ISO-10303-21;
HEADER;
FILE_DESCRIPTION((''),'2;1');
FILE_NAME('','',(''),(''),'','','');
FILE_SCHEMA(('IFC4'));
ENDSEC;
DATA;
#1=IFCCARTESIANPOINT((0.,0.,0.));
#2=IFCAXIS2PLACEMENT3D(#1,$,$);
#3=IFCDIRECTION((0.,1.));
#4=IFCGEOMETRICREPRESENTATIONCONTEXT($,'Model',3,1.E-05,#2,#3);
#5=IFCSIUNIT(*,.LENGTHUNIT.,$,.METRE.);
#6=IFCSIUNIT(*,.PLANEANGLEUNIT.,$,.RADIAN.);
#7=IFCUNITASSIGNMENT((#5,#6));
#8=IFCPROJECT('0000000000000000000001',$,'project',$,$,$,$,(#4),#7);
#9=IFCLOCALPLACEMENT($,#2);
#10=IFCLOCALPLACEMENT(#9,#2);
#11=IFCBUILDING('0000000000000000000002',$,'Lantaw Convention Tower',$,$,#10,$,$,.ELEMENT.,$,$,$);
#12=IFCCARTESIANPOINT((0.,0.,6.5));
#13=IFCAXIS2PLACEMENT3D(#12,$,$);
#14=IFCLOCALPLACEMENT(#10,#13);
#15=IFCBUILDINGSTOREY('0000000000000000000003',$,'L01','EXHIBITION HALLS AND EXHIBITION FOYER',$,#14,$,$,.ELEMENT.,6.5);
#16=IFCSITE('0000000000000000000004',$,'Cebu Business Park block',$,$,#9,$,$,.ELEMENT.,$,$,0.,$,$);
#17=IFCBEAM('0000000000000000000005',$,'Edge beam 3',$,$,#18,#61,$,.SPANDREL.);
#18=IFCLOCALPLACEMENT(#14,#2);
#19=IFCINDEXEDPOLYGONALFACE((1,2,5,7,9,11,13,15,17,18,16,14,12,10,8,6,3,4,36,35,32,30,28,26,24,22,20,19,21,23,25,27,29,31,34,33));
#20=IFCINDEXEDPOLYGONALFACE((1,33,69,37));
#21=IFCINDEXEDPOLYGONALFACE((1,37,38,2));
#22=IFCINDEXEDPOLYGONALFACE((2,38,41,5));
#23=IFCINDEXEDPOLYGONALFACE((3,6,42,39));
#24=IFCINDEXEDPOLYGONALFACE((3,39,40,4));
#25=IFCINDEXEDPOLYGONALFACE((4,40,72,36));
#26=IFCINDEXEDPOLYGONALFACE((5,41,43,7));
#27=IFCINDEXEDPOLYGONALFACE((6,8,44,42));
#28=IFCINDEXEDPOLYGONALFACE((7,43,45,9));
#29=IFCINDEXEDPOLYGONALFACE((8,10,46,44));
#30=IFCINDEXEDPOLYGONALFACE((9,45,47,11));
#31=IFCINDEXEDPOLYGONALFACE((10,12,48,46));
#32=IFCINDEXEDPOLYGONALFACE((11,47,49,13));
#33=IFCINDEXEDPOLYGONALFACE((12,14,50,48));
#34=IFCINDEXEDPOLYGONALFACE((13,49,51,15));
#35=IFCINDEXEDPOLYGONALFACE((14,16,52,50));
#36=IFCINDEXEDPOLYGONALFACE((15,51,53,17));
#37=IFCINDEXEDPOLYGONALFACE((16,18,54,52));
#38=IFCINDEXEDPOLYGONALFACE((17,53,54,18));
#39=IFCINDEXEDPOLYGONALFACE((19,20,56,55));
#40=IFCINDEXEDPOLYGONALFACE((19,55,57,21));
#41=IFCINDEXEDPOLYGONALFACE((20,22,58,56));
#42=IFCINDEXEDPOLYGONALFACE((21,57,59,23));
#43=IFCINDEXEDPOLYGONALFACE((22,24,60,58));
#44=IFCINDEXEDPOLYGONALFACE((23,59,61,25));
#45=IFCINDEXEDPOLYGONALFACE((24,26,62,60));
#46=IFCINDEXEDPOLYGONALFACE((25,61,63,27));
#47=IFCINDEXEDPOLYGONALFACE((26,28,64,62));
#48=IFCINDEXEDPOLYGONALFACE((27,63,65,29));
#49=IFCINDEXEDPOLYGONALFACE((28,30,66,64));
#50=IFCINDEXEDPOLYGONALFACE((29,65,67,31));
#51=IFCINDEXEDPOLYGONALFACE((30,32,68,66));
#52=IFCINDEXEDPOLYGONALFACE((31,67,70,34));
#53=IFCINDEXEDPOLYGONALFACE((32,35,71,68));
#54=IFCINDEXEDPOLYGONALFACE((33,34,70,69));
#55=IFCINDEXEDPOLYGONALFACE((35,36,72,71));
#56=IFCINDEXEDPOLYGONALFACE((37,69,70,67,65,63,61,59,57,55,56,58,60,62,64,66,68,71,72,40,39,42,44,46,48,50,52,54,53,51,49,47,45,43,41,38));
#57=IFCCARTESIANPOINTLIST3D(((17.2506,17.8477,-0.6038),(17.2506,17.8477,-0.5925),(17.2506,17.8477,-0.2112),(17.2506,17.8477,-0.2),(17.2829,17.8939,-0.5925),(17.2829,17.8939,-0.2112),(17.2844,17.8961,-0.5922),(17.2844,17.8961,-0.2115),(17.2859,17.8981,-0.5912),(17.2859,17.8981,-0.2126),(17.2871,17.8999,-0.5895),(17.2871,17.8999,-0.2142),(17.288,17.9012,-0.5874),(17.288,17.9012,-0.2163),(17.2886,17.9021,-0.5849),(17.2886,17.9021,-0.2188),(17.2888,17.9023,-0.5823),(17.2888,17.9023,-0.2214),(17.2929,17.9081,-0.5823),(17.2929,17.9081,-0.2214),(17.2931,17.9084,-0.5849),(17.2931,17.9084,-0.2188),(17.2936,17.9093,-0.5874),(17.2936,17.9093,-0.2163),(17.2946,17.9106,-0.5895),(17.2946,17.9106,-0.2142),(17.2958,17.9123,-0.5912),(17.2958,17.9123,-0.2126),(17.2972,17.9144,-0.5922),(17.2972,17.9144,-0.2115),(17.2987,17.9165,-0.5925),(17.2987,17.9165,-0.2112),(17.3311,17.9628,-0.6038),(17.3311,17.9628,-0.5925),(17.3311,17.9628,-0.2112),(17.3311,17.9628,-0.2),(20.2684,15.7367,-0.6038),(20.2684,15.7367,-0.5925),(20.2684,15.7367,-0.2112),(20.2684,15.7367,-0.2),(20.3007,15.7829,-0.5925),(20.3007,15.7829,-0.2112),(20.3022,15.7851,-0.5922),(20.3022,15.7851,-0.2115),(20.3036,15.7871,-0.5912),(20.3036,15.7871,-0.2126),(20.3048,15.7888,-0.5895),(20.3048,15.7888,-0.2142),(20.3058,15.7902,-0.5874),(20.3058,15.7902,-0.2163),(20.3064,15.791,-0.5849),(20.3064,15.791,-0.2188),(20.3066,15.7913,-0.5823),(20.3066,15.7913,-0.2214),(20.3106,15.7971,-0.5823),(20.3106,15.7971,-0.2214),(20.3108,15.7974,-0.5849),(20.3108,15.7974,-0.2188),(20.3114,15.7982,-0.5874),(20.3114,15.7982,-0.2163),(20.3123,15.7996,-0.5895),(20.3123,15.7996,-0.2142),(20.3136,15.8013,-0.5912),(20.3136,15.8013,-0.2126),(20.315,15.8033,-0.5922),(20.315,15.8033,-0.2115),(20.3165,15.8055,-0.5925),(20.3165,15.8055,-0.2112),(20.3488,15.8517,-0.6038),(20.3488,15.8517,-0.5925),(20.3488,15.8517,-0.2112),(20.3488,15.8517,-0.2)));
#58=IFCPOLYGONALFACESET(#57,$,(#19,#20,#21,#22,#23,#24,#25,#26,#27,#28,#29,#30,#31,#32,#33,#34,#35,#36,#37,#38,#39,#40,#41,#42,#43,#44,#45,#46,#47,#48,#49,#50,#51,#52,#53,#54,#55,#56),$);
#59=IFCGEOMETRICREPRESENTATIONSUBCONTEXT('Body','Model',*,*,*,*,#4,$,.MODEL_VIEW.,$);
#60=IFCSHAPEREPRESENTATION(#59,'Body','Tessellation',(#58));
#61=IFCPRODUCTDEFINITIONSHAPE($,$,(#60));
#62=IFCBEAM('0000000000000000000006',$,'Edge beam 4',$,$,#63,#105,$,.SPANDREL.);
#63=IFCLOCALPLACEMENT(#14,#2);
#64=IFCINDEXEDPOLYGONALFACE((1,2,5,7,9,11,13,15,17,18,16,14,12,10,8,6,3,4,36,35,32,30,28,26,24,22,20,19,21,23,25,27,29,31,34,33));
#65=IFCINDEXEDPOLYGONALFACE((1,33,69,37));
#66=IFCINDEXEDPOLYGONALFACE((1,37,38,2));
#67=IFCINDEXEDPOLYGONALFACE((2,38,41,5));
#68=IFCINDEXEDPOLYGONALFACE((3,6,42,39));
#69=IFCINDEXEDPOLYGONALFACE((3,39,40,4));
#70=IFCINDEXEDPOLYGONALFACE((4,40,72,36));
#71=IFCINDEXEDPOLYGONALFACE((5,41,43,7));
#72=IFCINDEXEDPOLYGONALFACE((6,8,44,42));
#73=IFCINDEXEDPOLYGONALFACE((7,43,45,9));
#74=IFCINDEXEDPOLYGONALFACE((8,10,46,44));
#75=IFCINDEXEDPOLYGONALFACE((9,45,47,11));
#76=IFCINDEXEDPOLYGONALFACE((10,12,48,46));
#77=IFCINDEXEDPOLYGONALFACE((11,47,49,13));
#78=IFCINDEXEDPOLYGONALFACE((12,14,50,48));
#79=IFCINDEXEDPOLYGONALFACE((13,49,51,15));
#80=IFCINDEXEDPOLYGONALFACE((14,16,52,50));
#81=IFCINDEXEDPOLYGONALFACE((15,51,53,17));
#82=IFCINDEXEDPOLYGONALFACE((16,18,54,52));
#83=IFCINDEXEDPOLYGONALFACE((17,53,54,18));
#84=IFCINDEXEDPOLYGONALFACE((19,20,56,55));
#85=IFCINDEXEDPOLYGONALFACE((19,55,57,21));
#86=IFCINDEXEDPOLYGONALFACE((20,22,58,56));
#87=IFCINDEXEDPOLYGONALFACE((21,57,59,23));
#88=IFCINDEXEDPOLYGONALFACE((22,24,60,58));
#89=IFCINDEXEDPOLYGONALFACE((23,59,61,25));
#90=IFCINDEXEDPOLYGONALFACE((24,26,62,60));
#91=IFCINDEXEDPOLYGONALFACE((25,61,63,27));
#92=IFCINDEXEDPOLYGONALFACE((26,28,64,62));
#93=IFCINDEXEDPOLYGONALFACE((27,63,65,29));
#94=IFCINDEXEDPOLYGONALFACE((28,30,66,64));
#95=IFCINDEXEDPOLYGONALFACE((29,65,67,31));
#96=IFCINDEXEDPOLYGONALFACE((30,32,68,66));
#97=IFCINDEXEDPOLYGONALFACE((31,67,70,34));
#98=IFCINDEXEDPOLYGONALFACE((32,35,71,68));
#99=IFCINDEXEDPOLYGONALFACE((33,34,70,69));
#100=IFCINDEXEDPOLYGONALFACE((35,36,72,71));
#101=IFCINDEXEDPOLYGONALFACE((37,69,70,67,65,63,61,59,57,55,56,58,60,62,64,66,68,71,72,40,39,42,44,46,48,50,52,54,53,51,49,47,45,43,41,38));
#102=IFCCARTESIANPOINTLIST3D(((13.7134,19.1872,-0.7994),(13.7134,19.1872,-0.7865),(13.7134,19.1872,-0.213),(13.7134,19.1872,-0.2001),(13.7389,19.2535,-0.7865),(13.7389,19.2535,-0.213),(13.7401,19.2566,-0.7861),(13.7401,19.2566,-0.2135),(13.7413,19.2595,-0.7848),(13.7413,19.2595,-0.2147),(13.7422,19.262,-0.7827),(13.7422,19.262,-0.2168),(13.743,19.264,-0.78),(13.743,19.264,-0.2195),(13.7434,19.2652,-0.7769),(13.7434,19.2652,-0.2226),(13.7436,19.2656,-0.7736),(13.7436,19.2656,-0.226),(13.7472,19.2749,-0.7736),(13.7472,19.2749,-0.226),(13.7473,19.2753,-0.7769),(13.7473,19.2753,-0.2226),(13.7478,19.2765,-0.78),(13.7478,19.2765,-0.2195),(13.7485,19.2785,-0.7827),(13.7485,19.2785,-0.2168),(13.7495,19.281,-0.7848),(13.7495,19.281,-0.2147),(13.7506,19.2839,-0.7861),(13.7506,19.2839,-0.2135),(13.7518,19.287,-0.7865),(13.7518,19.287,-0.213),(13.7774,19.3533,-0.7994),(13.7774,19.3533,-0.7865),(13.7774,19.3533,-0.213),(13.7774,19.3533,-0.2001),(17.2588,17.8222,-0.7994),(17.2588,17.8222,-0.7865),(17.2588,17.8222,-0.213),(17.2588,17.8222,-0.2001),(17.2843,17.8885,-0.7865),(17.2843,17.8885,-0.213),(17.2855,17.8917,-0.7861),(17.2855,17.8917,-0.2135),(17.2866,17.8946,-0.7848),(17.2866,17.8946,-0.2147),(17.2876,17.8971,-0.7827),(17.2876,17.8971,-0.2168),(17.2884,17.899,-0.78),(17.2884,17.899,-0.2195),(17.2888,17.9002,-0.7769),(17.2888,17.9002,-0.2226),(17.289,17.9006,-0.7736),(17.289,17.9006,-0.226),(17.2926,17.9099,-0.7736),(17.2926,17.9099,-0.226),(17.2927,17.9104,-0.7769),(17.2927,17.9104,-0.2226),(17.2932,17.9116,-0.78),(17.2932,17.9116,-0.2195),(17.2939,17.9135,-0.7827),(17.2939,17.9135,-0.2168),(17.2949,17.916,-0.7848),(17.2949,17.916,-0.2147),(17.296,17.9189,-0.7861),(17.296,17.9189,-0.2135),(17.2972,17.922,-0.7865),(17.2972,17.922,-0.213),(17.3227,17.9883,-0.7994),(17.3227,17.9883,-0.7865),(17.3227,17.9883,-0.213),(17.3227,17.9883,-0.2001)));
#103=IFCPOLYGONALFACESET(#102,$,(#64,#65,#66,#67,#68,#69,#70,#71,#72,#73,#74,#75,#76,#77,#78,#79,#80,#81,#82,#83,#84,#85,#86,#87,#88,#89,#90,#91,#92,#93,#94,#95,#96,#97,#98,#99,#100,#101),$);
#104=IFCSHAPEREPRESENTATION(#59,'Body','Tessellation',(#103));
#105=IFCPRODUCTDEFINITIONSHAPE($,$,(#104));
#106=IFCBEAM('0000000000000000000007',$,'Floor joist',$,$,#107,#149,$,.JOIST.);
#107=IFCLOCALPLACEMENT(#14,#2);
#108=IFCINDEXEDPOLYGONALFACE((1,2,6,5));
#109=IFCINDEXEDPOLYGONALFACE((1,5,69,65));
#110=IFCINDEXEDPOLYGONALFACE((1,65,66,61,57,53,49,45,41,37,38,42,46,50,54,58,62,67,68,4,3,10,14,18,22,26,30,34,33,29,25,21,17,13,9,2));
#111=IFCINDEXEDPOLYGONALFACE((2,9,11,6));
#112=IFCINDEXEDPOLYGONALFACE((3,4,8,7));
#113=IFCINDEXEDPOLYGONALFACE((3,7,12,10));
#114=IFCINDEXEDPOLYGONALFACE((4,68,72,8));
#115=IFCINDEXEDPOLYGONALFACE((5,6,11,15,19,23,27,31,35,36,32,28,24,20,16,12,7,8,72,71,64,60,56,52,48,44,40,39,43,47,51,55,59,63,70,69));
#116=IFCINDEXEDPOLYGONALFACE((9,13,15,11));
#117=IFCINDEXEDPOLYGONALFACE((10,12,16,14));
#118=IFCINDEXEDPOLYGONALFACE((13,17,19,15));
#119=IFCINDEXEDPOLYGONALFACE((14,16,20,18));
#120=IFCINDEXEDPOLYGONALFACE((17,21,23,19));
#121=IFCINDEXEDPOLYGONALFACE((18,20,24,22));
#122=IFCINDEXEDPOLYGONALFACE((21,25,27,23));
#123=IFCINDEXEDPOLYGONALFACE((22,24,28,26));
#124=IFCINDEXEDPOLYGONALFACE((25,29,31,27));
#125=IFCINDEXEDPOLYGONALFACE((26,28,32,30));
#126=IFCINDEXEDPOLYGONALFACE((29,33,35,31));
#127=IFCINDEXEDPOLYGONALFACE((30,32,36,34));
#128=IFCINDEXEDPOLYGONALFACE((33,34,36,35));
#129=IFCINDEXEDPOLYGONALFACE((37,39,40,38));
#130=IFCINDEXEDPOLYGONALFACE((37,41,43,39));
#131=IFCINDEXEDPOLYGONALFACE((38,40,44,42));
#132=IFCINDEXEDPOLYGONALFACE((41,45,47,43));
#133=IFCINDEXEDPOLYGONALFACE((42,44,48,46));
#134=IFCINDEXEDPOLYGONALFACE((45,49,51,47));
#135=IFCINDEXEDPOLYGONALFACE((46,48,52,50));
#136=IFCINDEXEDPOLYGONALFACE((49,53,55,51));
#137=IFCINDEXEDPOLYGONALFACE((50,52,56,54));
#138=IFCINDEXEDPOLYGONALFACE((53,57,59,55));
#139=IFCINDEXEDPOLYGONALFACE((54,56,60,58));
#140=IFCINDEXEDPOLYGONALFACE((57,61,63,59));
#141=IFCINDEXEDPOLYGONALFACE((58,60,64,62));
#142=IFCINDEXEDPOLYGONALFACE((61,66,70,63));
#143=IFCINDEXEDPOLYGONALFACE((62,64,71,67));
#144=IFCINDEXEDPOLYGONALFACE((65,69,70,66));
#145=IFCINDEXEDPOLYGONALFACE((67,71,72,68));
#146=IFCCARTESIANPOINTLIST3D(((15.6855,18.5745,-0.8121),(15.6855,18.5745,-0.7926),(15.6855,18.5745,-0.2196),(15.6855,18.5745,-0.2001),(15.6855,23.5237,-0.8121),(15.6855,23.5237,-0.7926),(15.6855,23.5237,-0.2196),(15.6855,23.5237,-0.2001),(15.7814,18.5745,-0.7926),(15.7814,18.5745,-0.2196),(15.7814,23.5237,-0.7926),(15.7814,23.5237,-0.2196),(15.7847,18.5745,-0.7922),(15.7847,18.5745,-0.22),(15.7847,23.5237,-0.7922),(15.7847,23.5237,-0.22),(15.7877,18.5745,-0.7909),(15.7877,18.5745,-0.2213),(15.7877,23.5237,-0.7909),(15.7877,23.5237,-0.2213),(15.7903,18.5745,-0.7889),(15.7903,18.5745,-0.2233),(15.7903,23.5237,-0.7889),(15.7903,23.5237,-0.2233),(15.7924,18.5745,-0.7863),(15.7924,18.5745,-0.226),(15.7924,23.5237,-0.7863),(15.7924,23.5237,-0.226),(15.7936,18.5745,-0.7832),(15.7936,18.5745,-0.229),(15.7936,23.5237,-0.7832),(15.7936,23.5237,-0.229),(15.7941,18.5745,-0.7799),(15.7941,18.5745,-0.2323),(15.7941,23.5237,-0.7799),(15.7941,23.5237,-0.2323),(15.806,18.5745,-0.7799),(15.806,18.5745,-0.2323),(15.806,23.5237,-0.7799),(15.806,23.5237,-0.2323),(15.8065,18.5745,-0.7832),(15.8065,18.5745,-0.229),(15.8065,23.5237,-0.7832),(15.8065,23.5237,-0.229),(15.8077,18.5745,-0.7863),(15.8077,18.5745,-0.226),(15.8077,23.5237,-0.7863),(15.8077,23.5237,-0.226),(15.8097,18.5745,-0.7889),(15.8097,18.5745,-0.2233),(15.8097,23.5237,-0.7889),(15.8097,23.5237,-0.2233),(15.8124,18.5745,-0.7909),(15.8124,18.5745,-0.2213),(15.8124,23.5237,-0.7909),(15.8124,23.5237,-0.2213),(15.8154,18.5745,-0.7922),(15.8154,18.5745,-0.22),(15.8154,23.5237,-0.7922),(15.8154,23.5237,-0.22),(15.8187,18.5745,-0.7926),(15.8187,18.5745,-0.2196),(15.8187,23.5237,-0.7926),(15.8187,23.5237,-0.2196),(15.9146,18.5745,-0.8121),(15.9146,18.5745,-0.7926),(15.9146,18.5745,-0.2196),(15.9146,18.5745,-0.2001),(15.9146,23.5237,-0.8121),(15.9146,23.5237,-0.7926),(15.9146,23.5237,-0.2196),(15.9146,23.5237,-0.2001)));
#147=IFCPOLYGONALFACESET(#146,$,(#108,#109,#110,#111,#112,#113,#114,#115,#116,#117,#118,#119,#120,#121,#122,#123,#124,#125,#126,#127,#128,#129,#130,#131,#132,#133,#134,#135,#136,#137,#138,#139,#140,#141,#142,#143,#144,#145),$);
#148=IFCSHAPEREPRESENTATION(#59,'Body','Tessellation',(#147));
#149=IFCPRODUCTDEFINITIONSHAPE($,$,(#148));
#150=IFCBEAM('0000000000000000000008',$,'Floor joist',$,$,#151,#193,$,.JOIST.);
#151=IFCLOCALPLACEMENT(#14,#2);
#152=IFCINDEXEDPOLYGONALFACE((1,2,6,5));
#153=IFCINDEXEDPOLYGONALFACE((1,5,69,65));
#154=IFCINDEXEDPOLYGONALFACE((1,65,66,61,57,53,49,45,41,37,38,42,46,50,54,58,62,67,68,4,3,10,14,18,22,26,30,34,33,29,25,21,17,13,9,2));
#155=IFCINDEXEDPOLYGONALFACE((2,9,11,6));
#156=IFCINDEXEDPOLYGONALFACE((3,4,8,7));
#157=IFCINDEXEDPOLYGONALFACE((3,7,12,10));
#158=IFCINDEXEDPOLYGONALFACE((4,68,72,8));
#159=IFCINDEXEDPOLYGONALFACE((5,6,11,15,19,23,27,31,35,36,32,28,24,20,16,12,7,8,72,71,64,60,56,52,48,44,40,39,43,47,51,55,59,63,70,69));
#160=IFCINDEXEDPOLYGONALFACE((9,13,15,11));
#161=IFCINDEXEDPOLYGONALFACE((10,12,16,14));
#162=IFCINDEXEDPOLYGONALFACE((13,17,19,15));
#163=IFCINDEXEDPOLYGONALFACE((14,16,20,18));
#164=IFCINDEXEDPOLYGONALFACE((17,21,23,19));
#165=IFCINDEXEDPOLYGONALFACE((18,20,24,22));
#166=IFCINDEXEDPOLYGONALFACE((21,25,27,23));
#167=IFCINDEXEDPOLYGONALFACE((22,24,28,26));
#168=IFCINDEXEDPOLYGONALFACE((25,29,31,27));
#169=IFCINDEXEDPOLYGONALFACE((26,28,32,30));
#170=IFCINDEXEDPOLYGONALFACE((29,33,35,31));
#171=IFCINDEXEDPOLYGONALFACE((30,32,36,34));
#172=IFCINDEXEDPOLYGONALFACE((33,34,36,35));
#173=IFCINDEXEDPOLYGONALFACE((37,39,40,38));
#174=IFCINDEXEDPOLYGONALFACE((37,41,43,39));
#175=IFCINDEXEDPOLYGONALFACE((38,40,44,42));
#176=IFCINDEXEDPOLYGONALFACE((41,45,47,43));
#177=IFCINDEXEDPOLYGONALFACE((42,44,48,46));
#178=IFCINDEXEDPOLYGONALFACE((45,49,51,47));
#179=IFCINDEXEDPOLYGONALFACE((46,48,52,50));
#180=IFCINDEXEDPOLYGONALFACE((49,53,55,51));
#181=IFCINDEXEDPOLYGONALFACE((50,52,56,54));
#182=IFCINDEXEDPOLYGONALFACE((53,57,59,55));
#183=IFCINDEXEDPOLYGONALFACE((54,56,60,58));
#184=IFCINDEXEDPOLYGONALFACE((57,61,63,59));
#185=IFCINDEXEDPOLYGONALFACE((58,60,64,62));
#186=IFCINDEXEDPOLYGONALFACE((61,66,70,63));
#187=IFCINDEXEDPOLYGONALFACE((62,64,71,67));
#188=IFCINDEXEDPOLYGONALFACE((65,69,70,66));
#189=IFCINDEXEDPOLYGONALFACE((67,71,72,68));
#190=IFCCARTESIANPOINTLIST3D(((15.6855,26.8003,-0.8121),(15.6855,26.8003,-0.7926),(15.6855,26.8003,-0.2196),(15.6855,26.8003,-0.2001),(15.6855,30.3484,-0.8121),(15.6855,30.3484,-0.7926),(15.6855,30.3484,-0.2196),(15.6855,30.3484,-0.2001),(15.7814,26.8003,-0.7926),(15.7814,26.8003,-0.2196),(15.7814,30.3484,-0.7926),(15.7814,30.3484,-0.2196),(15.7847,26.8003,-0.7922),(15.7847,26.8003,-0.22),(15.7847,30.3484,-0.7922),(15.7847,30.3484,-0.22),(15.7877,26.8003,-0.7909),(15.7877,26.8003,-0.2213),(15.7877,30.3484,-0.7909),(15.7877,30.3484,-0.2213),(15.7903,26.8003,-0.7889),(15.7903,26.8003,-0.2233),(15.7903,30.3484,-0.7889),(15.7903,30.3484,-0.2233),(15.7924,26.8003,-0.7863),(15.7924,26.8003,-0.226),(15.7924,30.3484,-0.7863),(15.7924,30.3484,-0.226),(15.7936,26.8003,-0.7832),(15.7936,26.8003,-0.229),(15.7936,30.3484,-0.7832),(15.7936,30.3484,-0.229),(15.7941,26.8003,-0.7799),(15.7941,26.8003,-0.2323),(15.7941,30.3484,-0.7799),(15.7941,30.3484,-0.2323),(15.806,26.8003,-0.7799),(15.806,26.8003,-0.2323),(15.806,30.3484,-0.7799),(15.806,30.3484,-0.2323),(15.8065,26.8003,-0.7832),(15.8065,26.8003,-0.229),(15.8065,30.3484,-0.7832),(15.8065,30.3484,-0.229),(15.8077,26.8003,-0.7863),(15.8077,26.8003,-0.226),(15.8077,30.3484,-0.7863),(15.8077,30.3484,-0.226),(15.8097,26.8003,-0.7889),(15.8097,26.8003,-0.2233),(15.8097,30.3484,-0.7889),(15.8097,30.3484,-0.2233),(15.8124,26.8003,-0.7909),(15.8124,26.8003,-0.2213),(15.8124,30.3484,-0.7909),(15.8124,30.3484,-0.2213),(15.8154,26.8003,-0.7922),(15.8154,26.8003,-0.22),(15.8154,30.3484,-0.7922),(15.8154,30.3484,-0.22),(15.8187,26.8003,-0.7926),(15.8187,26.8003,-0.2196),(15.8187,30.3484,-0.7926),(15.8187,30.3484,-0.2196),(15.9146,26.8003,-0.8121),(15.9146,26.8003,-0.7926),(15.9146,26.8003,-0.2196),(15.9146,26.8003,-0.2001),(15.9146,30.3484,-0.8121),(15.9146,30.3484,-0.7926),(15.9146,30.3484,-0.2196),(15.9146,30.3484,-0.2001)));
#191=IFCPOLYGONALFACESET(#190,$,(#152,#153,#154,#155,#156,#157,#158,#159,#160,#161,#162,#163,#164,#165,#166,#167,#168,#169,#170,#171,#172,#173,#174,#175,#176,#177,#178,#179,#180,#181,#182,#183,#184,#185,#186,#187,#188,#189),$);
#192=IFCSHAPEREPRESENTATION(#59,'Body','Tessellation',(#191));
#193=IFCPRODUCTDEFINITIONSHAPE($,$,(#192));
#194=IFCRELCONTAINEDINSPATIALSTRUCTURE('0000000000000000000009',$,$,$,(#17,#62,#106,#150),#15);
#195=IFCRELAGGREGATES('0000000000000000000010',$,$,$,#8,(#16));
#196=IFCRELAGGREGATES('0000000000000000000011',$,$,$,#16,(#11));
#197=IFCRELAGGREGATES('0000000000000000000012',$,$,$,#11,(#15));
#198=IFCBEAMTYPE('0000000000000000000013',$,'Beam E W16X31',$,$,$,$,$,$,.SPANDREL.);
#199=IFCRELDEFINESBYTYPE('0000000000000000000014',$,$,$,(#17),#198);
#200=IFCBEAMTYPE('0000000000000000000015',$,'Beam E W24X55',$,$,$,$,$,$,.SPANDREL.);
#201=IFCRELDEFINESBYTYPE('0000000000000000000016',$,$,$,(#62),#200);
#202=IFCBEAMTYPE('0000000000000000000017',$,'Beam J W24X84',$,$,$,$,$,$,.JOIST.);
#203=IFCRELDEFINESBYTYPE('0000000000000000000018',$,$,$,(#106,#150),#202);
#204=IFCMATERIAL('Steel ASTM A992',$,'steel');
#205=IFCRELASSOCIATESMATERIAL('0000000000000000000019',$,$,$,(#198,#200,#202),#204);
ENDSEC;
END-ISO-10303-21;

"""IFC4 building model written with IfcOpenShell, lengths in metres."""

from ifc_helpers import new_model, si_unit, direction, frame, origin, origin_2d, place, context, subcontext, project, spatial, i_section, extrude, material, material_profile, profile_set, type_object, element, save


model = new_model("IFC4")

# Units and contexts
model_context = context("Model", 3, precision=1e-05, world=origin(), true_north=direction((0.0, 1.0)))
body_context = subcontext(model_context, "Body", "Model", "MODEL_VIEW")
ifc_project = project(units=[si_unit("LENGTHUNIT", "METRE"), si_unit("PLANEANGLEUNIT", "RADIAN")], contexts=[model_context])

# Site, building, storey
site_placement = place(None, origin())
site = spatial("IfcSite", under=ifc_project, at=site_placement, Name="Cebu Business Park block", CompositionType="ELEMENT", RefElevation=0.0)
building_placement = place(site_placement, origin())
building = spatial("IfcBuilding", under=site, at=building_placement, Name="Lantaw Convention Tower", CompositionType="ELEMENT")
storey_placement = place(building_placement, frame((0.0, 0.0, 6.5)))
storey = spatial("IfcBuildingStorey", under=building, at=storey_placement, Name="L01", Description="EXHIBITION HALLS AND EXHIBITION FOYER", CompositionType="ELEMENT", Elevation=6.5)

# Beams
ifc_material_1 = material(Name="Steel ASTM A992", Category="steel")
ifc_material_profile_1 = material_profile(ifc_material_1, i_section(OverallWidth=0.1404, OverallDepth=0.4038, WebThickness=0.0071, FlangeThickness=0.0112, FilletRadius=0.0103, at=origin_2d()), Name="W16X31")
ifc_profile_set_1 = profile_set([ifc_material_profile_1], Name="Steel ASTM A992")
beam_type_1 = type_object("IfcBeamType", Name="Beam E W16X31", PredefinedType="SPANDREL", material=ifc_profile_set_1)
beam_1_placement = place(storey_placement, frame((20.3086, 15.7942, -0.4019), z_axis=(-0.819409, 0.573209, 0.0), x_axis=(-0.573209, -0.819409, 0.0)))
element("IfcBeam", 1, at=beam_1_placement, inside=storey, type_object=beam_type_1, Name="Edge beam 3", PredefinedType="SPANDREL", context=body_context, shape_type="SweptSolid", body=[
    extrude(i_section(OverallWidth=0.1404, OverallDepth=0.4038, WebThickness=0.0071, FlangeThickness=0.0112, FilletRadius=0.0103, at=origin_2d()), origin(), (0.0, 0.0, 1.0), 3.6829),
])
ifc_material_profile_2 = material_profile(ifc_material_1, i_section(OverallWidth=0.178, OverallDepth=0.5994, WebThickness=0.01, FlangeThickness=0.0129, FilletRadius=0.0129, at=origin_2d()), Name="W24X55")
ifc_profile_set_2 = profile_set([ifc_material_profile_2], Name="Steel ASTM A992")
beam_type_2 = type_object("IfcBeamType", Name="Beam E W24X55", PredefinedType="SPANDREL", material=ifc_profile_set_2)
beam_2_placement = place(storey_placement, frame((17.2908, 17.9053, -0.4998), z_axis=(-0.933225, 0.359293, 0.0), x_axis=(-0.359293, -0.933225, 0.0)))
element("IfcBeam", 2, at=beam_2_placement, inside=storey, type_object=beam_type_2, Name="Edge beam 4", PredefinedType="SPANDREL", context=body_context, shape_type="SweptSolid", body=[
    extrude(i_section(OverallWidth=0.178, OverallDepth=0.5994, WebThickness=0.01, FlangeThickness=0.0129, FilletRadius=0.0129, at=origin_2d()), origin(), (0.0, 0.0, 1.0), 3.7991),
])
ifc_material_profile_3 = material_profile(ifc_material_1, i_section(OverallWidth=0.229, OverallDepth=0.6121, WebThickness=0.012, FlangeThickness=0.0195, FilletRadius=0.0127, at=origin_2d()), Name="W24X84")
ifc_profile_set_3 = profile_set([ifc_material_profile_3], Name="Steel ASTM A992")
beam_type_3 = type_object("IfcBeamType", Name="Beam J W24X84", PredefinedType="JOIST", material=ifc_profile_set_3)
beam_3_placement = place(storey_placement, frame((15.8, 18.5745, -0.5061), z_axis=(0.0, 1.0, 0.0), x_axis=(-1.0, 0.0, 0.0)))
element("IfcBeam", 3, at=beam_3_placement, inside=storey, type_object=beam_type_3, Name="Floor joist", PredefinedType="JOIST", context=body_context, shape_type="SweptSolid", body=[
    extrude(i_section(OverallWidth=0.229, OverallDepth=0.6121, WebThickness=0.012, FlangeThickness=0.0195, FilletRadius=0.0127, at=origin_2d()), origin(), (0.0, 0.0, 1.0), 4.9492),
])
beam_4_placement = place(storey_placement, frame((15.8, 26.8003, -0.5061), z_axis=(0.0, 1.0, 0.0), x_axis=(-1.0, 0.0, 0.0)))
element("IfcBeam", 4, at=beam_4_placement, inside=storey, type_object=beam_type_3, Name="Floor joist", PredefinedType="JOIST", context=body_context, shape_type="SweptSolid", body=[
    extrude(i_section(OverallWidth=0.229, OverallDepth=0.6121, WebThickness=0.012, FlangeThickness=0.0195, FilletRadius=0.0127, at=origin_2d()), origin(), (0.0, 0.0, 1.0), 3.5481),
])

save(model, "model.ifc")
